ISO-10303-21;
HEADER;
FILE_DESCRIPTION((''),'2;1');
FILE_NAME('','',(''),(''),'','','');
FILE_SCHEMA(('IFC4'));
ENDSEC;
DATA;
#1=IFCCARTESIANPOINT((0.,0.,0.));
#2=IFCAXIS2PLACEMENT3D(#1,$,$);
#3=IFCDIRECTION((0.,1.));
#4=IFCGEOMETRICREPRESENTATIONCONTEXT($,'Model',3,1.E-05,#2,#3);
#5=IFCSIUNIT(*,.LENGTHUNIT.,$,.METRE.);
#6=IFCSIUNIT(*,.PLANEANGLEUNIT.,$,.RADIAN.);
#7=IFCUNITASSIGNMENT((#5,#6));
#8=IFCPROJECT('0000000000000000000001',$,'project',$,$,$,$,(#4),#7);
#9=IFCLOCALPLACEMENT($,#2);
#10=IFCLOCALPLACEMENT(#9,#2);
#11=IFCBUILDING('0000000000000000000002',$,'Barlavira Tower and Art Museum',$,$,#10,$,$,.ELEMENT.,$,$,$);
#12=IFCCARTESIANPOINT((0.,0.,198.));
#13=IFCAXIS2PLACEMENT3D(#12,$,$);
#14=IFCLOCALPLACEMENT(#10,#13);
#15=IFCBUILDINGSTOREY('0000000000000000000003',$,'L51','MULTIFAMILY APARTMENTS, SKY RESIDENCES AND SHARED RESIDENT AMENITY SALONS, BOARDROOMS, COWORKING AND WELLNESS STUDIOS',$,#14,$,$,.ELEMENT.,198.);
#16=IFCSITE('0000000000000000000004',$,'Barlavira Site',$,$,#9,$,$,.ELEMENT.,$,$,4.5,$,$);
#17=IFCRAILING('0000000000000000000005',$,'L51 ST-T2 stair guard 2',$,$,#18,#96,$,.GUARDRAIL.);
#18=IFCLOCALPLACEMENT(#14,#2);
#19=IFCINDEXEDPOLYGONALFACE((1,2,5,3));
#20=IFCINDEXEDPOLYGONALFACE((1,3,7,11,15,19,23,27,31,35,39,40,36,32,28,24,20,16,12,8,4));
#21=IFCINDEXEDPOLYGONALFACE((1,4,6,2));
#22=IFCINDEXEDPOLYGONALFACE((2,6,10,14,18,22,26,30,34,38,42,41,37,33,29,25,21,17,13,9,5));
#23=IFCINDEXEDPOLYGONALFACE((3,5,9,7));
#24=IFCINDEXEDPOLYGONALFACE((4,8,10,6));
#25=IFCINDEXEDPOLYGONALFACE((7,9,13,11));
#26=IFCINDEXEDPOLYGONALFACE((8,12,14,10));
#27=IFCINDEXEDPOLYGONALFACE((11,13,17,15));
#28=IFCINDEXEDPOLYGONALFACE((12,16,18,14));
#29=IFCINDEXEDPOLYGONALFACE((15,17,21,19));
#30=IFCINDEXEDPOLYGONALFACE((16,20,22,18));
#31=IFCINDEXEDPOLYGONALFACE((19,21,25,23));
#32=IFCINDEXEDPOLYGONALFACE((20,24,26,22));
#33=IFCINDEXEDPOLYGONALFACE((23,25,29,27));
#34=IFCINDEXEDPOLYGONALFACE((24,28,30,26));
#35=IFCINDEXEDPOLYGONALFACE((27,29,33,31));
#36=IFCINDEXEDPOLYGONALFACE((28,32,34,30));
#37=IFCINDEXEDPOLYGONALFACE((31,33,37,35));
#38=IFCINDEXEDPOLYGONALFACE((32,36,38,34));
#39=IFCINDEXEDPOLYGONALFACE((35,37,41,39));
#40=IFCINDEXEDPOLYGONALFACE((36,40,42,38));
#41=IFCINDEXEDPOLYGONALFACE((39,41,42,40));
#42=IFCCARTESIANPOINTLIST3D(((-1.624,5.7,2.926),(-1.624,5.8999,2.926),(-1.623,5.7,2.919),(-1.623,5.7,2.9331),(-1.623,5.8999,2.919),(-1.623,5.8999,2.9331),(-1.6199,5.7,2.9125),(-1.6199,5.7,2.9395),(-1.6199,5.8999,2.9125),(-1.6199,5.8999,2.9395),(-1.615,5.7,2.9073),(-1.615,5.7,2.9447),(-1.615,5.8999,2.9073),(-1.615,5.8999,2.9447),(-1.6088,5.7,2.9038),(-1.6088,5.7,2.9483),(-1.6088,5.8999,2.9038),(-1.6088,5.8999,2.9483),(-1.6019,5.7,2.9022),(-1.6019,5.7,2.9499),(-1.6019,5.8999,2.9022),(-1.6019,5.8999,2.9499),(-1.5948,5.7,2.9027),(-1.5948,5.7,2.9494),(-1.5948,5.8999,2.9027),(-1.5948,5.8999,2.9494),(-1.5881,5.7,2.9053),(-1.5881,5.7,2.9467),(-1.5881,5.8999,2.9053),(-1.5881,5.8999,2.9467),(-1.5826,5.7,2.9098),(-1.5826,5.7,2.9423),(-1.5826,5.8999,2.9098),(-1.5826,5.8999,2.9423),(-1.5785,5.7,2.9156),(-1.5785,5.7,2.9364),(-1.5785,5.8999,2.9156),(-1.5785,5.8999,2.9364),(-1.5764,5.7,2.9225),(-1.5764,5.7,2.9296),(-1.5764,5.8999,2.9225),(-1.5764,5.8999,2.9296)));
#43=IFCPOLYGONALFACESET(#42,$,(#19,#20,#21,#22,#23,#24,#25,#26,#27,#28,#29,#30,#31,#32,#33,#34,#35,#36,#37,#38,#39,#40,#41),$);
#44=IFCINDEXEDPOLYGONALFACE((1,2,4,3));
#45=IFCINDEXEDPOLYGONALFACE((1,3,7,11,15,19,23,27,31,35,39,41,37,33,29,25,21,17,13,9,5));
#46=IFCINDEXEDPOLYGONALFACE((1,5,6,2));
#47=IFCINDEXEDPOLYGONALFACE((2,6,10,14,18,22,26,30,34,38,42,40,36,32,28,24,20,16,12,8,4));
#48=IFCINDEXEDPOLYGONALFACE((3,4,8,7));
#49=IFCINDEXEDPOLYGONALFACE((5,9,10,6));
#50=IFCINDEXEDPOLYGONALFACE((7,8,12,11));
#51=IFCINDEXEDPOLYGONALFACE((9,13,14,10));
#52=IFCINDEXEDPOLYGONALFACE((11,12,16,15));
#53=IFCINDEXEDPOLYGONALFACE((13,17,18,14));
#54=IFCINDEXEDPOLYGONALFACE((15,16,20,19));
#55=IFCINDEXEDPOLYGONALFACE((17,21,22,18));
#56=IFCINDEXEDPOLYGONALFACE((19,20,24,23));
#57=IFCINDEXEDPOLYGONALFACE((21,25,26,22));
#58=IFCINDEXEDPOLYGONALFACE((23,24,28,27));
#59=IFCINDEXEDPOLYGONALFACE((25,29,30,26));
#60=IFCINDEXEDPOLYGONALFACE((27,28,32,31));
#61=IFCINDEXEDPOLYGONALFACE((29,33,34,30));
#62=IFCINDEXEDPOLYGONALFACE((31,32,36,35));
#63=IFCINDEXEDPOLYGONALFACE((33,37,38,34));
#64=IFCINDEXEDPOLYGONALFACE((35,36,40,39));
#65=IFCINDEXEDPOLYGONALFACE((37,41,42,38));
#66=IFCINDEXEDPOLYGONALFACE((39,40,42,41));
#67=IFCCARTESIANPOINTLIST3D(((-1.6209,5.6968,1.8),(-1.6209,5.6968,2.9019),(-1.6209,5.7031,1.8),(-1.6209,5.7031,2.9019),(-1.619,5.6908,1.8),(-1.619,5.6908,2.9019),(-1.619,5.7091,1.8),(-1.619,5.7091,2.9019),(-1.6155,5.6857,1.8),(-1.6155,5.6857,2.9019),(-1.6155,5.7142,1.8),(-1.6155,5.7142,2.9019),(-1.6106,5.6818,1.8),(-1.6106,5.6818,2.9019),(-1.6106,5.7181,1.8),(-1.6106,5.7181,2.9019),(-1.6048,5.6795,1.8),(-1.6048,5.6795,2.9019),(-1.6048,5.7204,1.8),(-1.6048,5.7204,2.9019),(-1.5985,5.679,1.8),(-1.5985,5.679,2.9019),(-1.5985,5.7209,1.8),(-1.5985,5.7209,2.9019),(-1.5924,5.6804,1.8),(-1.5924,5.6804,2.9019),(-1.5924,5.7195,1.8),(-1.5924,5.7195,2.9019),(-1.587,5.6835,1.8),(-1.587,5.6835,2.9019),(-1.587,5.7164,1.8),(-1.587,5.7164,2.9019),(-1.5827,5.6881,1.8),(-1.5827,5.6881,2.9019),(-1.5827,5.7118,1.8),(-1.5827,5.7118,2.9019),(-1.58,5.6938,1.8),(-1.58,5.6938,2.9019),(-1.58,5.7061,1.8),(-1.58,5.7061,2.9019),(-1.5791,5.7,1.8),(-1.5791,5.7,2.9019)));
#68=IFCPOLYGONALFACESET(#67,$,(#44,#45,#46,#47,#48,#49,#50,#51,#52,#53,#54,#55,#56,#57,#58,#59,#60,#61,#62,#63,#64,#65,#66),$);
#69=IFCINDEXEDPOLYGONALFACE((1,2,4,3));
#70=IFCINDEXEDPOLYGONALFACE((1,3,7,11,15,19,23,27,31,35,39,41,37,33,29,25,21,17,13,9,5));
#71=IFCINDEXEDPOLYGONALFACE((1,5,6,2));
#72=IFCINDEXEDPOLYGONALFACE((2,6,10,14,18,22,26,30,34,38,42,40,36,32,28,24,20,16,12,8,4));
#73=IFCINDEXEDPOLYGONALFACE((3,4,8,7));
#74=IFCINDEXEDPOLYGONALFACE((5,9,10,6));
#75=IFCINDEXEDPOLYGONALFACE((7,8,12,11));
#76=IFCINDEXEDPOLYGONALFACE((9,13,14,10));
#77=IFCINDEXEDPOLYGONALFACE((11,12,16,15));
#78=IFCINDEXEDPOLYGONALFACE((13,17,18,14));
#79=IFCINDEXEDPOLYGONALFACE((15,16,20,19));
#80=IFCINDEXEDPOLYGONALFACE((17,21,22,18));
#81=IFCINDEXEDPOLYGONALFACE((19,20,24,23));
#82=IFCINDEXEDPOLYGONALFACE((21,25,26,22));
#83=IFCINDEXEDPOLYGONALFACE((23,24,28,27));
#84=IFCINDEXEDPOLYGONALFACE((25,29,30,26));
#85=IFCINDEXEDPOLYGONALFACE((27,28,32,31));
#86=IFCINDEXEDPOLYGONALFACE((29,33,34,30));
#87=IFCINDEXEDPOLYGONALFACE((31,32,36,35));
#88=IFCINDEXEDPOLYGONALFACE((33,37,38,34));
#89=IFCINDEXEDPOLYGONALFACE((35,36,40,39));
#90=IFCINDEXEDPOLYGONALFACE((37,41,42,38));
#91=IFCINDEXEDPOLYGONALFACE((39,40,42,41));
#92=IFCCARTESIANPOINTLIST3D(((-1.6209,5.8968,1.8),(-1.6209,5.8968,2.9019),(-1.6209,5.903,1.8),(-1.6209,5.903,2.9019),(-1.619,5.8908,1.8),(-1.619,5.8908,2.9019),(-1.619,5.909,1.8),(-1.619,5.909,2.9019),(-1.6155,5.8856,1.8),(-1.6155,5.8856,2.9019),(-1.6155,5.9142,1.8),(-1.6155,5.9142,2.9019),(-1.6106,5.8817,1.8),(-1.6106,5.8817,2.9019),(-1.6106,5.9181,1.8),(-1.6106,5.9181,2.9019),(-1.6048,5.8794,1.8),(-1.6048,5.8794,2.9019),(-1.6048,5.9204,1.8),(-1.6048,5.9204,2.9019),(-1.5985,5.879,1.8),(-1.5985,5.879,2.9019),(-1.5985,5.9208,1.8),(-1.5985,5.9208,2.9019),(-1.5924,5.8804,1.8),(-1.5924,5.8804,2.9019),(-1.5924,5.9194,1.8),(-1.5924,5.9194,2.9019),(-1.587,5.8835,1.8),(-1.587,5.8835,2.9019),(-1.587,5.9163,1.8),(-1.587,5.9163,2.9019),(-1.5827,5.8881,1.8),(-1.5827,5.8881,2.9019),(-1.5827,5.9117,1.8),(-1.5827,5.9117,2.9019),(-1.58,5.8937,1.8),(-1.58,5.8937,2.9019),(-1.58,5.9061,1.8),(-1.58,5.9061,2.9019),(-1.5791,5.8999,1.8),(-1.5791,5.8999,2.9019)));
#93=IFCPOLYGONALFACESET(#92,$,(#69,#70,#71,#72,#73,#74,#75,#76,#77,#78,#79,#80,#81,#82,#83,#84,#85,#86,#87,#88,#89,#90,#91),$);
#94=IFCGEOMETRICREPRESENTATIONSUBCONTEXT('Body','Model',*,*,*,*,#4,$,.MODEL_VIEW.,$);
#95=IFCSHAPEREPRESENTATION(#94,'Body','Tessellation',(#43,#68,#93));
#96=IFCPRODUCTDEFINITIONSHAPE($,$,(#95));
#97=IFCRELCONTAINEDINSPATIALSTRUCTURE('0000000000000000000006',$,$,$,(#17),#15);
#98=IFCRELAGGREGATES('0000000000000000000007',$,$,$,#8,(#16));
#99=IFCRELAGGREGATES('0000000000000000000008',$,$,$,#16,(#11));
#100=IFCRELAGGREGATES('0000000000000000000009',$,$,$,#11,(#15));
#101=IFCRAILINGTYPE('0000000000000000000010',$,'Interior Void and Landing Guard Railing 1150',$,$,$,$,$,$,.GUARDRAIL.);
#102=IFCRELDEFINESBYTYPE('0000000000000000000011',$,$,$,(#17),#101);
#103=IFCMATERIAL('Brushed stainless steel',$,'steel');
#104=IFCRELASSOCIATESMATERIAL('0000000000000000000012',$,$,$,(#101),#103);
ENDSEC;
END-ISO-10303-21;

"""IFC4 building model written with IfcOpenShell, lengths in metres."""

from ifc_helpers import new_model, si_unit, direction, frame, origin, origin_2d, place, context, subcontext, project, spatial, circle, extrude, material, type_object, element, save


model = new_model("IFC4")

# Units and contexts
model_context = context("Model", 3, precision=1e-05, world=origin(), true_north=direction((0.0, 1.0)))
body_context = subcontext(model_context, "Body", "Model", "MODEL_VIEW")
ifc_project = project(units=[si_unit("LENGTHUNIT", "METRE"), si_unit("PLANEANGLEUNIT", "RADIAN")], contexts=[model_context])

# Site, building, storey
site_placement = place(None, origin())
site = spatial("IfcSite", under=ifc_project, at=site_placement, Name="Barlavira Site", CompositionType="ELEMENT", RefElevation=4.5)
building_placement = place(site_placement, origin())
building = spatial("IfcBuilding", under=site, at=building_placement, Name="Barlavira Tower and Art Museum", CompositionType="ELEMENT")
storey_placement = place(building_placement, frame((0.0, 0.0, 198.0)))
storey = spatial("IfcBuildingStorey", under=building, at=storey_placement, Name="L51", Description="MULTIFAMILY APARTMENTS, SKY RESIDENCES AND SHARED RESIDENT AMENITY SALONS, BOARDROOMS, COWORKING AND WELLNESS STUDIOS", CompositionType="ELEMENT", Elevation=198.0)

# Shared definitions
ifc_material_1 = material(Name="Brushed stainless steel", Category="steel")

# Railing
railing_type_1 = type_object("IfcRailingType", Name="Interior Void and Landing Guard Railing 1150", PredefinedType="GUARDRAIL", material=ifc_material_1)
railing_1_placement = place(storey_placement, frame((-1.6001, 5.7, 1.8)))
element("IfcRailing", 1, at=railing_1_placement, inside=storey, type_object=railing_type_1, Name="L51 ST-T2 stair guard 2", PredefinedType="GUARDRAIL", context=body_context, shape_type="SweptSolid", body=[
    extrude(circle(Radius=0.0239, at=origin_2d()), frame((0.0, 0.0, 1.126), z_axis=(0.0, 1.0, 0.0), x_axis=(-1.0, 0.0, 0.0)), (0.0, 0.0, 1.0), 0.2),
    extrude(circle(Radius=0.021, at=origin_2d()), origin(), (0.0, 0.0, 1.0), 1.1018),
    extrude(circle(Radius=0.021, at=origin_2d()), frame((0.0, 0.2, 0.0)), (0.0, 0.0, 1.0), 1.1018),
])

save(model, "model.ifc")
